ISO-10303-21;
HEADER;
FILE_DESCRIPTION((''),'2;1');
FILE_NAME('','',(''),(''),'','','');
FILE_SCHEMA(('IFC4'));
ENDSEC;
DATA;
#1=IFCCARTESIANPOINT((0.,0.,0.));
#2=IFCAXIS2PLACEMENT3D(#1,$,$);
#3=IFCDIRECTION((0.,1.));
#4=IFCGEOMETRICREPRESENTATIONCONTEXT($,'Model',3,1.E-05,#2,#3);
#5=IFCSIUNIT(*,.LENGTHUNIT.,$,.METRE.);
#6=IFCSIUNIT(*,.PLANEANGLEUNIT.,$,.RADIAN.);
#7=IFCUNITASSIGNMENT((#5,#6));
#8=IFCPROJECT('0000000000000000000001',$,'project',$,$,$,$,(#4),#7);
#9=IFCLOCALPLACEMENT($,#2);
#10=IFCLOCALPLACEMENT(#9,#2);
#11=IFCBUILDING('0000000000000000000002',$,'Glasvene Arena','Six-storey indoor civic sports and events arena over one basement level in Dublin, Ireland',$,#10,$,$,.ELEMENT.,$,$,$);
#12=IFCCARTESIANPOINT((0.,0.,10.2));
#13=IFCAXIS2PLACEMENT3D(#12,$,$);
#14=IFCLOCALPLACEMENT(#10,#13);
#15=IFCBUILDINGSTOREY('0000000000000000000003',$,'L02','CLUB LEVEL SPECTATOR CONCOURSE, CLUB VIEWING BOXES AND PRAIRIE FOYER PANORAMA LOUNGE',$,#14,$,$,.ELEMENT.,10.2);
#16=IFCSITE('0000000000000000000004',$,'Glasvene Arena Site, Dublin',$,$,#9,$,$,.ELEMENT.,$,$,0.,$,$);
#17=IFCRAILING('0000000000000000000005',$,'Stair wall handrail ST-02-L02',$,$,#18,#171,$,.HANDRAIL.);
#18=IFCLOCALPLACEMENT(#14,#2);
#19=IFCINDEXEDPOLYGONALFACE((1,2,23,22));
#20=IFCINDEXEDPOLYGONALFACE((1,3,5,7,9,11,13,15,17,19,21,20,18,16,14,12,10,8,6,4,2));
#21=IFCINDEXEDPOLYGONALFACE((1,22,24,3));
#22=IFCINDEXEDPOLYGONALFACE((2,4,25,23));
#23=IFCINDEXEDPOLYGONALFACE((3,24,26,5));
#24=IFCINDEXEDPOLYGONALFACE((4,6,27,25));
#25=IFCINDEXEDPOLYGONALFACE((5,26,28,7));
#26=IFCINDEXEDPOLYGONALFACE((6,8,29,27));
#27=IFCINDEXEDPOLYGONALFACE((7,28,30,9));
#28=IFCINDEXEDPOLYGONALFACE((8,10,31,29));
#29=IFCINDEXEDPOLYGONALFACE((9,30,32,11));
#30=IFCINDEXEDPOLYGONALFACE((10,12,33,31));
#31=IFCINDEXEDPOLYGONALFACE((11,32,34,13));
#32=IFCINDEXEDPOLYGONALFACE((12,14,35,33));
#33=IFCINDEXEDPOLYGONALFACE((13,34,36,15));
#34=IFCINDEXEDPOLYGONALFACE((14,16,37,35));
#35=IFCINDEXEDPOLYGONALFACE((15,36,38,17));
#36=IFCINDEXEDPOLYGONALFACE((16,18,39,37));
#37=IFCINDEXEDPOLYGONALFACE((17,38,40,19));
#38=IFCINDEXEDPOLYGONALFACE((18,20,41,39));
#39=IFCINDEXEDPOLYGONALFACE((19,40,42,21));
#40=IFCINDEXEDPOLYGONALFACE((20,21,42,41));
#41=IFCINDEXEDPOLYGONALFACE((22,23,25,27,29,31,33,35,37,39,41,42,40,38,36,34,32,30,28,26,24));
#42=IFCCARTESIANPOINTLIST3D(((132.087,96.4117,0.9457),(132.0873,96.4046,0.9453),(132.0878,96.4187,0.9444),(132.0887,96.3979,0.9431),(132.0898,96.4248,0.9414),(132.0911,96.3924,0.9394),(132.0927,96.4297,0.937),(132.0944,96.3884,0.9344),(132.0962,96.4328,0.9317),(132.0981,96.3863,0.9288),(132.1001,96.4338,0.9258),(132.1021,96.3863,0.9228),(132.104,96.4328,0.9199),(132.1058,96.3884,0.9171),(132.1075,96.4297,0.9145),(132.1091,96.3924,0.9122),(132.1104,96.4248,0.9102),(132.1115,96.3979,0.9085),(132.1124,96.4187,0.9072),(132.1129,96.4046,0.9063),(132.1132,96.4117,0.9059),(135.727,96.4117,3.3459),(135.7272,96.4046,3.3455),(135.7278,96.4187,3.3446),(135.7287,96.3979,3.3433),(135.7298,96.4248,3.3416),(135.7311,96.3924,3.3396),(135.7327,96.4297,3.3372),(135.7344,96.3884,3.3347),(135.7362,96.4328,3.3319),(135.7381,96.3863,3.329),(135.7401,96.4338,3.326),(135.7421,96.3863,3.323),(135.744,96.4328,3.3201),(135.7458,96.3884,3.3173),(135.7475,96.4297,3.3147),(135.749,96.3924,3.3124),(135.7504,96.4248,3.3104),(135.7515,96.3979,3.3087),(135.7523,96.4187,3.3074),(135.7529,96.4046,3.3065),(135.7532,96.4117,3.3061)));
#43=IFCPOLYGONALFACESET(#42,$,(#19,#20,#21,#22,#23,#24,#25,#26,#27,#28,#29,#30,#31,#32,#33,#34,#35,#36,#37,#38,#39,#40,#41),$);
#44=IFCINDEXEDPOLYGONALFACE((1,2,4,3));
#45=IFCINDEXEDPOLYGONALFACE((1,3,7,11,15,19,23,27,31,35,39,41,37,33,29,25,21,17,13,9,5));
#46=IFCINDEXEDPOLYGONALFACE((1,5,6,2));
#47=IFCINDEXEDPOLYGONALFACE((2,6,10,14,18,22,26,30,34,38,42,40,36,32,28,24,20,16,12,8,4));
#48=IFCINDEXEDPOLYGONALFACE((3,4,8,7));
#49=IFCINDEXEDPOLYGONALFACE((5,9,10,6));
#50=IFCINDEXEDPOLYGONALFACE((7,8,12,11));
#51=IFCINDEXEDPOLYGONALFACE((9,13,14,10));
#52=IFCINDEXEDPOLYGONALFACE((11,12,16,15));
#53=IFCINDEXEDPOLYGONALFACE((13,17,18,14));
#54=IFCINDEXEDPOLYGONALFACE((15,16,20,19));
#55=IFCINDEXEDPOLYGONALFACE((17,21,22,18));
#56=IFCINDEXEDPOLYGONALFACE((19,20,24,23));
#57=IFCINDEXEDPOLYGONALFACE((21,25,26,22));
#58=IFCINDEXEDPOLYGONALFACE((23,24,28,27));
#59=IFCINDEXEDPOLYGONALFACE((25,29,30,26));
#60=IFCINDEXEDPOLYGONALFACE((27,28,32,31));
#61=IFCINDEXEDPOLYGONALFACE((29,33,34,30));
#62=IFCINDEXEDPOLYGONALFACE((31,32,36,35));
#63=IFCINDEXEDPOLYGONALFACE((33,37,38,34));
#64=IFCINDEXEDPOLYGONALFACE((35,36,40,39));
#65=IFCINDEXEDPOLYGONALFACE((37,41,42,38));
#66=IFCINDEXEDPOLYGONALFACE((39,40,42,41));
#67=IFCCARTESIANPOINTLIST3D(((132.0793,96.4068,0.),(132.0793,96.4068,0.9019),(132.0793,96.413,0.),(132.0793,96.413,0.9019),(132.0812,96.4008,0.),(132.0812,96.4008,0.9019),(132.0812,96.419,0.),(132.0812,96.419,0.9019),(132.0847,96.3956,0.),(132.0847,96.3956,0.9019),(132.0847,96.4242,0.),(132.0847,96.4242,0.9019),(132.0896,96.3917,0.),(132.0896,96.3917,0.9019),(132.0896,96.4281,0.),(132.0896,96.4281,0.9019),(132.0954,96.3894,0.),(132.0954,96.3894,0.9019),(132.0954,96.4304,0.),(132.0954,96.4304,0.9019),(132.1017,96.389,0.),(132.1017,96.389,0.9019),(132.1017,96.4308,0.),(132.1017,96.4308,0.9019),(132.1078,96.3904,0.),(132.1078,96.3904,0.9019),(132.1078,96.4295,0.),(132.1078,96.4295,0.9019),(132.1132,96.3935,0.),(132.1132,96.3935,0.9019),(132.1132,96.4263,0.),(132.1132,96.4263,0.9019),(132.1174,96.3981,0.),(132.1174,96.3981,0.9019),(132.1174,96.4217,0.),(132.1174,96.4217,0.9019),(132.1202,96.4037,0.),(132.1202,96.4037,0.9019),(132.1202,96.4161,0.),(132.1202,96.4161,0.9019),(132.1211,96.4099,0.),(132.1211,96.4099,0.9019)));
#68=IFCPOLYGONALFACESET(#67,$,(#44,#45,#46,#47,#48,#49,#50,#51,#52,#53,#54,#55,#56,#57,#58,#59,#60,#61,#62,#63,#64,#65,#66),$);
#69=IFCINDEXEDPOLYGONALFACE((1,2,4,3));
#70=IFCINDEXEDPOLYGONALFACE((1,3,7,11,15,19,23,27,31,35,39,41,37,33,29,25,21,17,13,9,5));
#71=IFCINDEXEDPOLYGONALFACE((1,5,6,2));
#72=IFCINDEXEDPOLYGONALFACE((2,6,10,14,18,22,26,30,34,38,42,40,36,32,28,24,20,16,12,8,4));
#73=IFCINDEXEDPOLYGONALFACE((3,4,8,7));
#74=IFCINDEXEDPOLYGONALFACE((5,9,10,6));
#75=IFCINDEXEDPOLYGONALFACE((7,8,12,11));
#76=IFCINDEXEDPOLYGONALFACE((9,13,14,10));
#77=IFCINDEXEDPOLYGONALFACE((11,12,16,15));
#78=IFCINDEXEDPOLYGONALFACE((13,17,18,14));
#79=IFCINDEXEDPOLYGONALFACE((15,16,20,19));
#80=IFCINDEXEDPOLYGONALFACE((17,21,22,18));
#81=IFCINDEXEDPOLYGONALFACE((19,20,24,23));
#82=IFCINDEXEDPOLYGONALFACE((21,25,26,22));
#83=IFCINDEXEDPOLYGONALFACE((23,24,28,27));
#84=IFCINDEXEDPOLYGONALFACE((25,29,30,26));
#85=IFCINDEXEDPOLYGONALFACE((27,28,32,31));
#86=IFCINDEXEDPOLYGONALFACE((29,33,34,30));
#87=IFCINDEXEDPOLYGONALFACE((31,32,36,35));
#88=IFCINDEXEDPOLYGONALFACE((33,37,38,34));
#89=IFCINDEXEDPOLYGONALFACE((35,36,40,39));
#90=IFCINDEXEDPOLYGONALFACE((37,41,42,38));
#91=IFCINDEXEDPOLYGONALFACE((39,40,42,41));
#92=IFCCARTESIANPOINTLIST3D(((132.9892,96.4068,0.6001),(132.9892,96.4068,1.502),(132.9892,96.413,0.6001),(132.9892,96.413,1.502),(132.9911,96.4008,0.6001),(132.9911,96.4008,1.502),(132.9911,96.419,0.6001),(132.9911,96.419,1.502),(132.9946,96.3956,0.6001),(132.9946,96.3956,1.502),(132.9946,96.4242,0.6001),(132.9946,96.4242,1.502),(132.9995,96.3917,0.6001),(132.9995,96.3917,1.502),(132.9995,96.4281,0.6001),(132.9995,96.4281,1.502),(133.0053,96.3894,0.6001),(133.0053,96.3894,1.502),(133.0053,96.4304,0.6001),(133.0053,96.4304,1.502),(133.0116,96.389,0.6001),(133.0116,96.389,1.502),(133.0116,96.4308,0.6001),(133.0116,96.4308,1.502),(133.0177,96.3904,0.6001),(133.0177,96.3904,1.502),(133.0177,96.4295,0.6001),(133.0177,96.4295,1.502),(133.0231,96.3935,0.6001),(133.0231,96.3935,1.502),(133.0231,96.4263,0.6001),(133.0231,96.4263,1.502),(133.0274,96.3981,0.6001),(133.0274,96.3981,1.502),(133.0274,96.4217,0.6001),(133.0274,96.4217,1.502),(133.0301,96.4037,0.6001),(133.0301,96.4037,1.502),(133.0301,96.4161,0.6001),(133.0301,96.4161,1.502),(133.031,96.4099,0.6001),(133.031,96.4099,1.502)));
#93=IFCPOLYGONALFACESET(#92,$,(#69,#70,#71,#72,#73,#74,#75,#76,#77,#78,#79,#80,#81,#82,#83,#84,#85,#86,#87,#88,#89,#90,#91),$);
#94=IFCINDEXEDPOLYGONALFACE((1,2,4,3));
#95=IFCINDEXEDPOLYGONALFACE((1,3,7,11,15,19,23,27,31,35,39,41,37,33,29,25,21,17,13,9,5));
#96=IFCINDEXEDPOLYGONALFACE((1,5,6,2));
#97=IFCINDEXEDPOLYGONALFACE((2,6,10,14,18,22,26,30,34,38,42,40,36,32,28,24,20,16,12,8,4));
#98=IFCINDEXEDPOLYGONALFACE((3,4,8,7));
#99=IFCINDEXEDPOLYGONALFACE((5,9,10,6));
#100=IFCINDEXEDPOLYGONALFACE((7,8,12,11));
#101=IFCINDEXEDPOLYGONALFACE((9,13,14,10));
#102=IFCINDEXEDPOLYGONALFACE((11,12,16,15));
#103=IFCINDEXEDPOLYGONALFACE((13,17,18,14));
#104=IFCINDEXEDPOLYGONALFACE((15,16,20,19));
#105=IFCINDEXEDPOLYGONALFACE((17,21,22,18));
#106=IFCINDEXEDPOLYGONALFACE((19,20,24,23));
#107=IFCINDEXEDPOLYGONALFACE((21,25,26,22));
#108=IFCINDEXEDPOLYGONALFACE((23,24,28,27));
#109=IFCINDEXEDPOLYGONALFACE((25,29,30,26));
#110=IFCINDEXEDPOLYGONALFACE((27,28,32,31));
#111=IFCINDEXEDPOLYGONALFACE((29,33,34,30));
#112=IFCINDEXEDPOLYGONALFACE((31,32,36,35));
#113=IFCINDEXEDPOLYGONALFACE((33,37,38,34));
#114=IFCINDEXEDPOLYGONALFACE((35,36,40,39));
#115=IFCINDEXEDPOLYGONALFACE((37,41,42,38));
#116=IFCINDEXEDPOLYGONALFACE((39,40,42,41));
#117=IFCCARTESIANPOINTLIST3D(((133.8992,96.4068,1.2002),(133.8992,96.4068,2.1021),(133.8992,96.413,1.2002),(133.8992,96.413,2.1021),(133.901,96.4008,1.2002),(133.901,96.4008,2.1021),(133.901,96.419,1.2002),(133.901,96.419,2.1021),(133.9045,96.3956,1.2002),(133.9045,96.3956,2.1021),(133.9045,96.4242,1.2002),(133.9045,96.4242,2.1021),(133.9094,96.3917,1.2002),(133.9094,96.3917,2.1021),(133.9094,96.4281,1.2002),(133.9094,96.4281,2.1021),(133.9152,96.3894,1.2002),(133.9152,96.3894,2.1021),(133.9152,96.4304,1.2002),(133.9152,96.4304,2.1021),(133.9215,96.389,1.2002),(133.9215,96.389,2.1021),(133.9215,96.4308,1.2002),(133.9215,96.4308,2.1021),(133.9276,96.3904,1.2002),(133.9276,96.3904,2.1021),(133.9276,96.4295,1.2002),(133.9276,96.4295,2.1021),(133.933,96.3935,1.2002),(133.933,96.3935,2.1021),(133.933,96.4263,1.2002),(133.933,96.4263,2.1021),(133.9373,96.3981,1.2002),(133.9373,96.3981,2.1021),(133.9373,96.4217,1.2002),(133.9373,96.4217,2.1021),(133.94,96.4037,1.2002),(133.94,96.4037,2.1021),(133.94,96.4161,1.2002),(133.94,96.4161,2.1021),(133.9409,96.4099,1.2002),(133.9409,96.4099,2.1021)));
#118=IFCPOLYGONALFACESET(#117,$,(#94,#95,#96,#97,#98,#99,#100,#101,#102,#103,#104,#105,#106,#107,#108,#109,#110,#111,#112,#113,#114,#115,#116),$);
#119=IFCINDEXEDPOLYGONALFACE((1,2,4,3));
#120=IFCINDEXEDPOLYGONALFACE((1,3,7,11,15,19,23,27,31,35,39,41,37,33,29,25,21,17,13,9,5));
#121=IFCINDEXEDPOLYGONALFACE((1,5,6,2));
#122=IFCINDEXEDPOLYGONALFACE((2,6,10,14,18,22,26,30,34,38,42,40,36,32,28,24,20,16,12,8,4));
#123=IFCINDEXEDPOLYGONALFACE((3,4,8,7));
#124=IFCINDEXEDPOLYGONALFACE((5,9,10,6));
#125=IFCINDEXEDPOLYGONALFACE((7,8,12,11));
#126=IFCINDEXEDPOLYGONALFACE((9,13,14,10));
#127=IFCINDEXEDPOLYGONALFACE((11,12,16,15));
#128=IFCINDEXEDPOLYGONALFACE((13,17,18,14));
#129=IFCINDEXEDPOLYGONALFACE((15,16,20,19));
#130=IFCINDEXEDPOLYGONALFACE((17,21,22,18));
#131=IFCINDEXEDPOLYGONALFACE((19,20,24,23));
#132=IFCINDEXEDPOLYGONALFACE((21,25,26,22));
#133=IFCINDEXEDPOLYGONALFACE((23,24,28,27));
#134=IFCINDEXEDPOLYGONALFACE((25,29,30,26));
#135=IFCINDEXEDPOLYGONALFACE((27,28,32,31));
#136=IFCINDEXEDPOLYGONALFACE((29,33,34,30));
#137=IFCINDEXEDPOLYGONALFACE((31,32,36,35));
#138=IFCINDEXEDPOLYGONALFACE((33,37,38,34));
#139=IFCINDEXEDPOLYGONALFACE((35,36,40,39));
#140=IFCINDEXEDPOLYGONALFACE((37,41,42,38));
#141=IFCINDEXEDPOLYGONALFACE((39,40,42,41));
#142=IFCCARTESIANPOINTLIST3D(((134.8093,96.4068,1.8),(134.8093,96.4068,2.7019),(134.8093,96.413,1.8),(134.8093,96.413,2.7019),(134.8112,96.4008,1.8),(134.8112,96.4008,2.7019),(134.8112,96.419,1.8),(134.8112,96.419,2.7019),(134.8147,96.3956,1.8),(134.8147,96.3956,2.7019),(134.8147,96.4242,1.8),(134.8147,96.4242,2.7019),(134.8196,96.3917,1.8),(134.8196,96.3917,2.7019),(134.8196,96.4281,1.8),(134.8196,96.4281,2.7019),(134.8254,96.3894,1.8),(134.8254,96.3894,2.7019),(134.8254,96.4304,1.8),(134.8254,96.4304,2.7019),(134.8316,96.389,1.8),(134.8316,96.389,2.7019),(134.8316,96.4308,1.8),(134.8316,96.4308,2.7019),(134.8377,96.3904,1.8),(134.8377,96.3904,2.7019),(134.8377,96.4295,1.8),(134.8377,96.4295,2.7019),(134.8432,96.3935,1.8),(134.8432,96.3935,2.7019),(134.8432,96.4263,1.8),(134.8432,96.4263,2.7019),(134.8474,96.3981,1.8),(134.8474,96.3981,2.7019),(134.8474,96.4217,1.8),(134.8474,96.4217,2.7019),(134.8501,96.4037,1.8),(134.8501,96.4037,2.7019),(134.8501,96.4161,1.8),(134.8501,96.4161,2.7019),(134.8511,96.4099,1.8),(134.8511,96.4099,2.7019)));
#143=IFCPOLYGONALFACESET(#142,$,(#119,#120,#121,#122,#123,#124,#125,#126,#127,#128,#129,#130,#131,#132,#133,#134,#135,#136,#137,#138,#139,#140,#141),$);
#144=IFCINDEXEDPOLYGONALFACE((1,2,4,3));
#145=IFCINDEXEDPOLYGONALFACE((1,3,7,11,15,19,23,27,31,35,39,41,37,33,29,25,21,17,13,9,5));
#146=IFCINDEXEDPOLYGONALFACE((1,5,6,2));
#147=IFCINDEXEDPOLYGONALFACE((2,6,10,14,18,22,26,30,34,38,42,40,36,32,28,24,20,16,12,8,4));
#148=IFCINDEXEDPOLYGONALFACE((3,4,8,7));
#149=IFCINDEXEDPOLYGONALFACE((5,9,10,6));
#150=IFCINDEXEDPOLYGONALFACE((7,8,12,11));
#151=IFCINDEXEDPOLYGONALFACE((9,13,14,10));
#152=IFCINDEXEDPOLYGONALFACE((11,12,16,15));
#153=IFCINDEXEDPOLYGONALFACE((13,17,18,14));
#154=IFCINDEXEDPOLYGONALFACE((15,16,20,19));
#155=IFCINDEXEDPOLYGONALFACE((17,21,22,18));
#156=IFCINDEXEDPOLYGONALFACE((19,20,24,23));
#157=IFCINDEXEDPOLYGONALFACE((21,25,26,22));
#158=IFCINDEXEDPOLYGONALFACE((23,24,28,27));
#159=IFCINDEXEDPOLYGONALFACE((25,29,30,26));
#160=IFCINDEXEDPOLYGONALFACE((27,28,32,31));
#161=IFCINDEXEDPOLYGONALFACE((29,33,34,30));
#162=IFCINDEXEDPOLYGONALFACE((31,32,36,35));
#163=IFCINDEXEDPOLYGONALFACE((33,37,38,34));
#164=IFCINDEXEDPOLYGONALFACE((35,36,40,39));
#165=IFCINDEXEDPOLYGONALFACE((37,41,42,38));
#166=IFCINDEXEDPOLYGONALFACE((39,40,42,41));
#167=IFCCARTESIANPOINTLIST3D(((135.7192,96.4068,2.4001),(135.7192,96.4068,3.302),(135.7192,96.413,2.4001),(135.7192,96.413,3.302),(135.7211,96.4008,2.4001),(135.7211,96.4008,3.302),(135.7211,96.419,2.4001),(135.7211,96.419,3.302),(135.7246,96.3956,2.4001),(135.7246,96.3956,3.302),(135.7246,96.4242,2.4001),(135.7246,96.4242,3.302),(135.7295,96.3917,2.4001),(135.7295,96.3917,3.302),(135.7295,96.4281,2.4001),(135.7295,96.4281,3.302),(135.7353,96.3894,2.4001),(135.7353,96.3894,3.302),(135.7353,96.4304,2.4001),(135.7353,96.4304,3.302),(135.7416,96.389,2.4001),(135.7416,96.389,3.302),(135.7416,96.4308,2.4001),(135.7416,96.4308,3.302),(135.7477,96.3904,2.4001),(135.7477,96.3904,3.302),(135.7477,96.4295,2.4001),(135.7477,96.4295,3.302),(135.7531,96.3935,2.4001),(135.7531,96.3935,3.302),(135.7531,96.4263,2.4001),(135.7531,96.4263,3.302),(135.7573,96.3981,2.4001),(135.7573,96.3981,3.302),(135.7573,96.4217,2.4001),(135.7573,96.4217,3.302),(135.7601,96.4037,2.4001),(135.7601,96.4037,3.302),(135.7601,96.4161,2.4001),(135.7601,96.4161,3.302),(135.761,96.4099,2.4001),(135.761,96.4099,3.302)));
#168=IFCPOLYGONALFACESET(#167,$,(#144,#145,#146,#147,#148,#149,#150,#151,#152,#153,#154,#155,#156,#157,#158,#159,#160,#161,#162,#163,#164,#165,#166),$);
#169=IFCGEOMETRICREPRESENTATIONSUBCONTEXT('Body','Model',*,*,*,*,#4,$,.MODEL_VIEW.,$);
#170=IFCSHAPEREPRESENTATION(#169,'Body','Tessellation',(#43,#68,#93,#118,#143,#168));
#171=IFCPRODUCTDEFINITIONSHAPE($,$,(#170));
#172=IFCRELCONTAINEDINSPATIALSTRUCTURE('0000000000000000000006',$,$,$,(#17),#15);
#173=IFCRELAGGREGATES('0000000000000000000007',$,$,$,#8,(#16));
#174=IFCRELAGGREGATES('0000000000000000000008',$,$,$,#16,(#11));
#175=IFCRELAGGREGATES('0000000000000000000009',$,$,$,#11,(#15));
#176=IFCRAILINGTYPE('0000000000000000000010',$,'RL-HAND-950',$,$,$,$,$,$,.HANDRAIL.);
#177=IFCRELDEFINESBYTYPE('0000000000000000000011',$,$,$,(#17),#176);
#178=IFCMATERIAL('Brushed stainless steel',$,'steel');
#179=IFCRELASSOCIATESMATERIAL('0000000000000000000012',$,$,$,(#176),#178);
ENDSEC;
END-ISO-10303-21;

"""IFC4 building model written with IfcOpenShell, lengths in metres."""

from ifc_helpers import new_model, si_unit, direction, frame, origin, origin_2d, place, context, subcontext, project, spatial, circle, extrude, material, type_object, element, save


model = new_model("IFC4")

# Units and contexts
model_context = context("Model", 3, precision=1e-05, world=origin(), true_north=direction((0.0, 1.0)))
body_context = subcontext(model_context, "Body", "Model", "MODEL_VIEW")
ifc_project = project(units=[si_unit("LENGTHUNIT", "METRE"), si_unit("PLANEANGLEUNIT", "RADIAN")], contexts=[model_context])

# Site, building, storey
site_placement = place(None, origin())
site = spatial("IfcSite", under=ifc_project, at=site_placement, Name="Glasvene Arena Site, Dublin", CompositionType="ELEMENT", RefElevation=0.0)
building_placement = place(site_placement, origin())
building = spatial("IfcBuilding", under=site, at=building_placement, Name="Glasvene Arena", Description="Six-storey indoor civic sports and events arena over one basement level in Dublin, Ireland", CompositionType="ELEMENT")
storey_placement = place(building_placement, frame((0.0, 0.0, 10.2)))
storey = spatial("IfcBuildingStorey", under=building, at=storey_placement, Name="L02", Description="CLUB LEVEL SPECTATOR CONCOURSE, CLUB VIEWING BOXES AND PRAIRIE FOYER PANORAMA LOUNGE", CompositionType="ELEMENT", Elevation=10.2)

# Railing
ifc_material_1 = material(Name="Brushed stainless steel", Category="steel")
railing_type_1 = type_object("IfcRailingType", Name="RL-HAND-950", PredefinedType="HANDRAIL", material=ifc_material_1)
railing_1_placement = place(storey_placement, frame((132.1001, 96.4099, 0.0)))
element("IfcRailing", 1, at=railing_1_placement, inside=storey, type_object=railing_type_1, Name="Stair wall handrail ST-02-L02", PredefinedType="HANDRAIL", context=body_context, shape_type="SweptSolid", body=[
    extrude(circle(Radius=0.0239, at=origin_2d()), frame((0.0, 0.0, 0.9258), z_axis=(0.834839, 0.0, 0.550493), x_axis=(0.0, 1.0, 0.0)), (0.0, 0.0, 1.0), 4.3601),
    extrude(circle(Radius=0.021, at=origin_2d()), origin(), (0.0, 0.0, 1.0), 0.9019),
    extrude(circle(Radius=0.021, at=origin_2d()), frame((0.9099, 0.0, 0.6001)), (0.0, 0.0, 1.0), 0.9019),
    extrude(circle(Radius=0.021, at=origin_2d()), frame((1.8198, 0.0, 1.2002)), (0.0, 0.0, 1.0), 0.9019),
    extrude(circle(Radius=0.021, at=origin_2d()), frame((2.73, 0.0, 1.8)), (0.0, 0.0, 1.0), 0.9019),
    extrude(circle(Radius=0.021, at=origin_2d()), frame((3.6399, 0.0, 2.4001)), (0.0, 0.0, 1.0), 0.9019),
])

save(model, "model.ifc")
